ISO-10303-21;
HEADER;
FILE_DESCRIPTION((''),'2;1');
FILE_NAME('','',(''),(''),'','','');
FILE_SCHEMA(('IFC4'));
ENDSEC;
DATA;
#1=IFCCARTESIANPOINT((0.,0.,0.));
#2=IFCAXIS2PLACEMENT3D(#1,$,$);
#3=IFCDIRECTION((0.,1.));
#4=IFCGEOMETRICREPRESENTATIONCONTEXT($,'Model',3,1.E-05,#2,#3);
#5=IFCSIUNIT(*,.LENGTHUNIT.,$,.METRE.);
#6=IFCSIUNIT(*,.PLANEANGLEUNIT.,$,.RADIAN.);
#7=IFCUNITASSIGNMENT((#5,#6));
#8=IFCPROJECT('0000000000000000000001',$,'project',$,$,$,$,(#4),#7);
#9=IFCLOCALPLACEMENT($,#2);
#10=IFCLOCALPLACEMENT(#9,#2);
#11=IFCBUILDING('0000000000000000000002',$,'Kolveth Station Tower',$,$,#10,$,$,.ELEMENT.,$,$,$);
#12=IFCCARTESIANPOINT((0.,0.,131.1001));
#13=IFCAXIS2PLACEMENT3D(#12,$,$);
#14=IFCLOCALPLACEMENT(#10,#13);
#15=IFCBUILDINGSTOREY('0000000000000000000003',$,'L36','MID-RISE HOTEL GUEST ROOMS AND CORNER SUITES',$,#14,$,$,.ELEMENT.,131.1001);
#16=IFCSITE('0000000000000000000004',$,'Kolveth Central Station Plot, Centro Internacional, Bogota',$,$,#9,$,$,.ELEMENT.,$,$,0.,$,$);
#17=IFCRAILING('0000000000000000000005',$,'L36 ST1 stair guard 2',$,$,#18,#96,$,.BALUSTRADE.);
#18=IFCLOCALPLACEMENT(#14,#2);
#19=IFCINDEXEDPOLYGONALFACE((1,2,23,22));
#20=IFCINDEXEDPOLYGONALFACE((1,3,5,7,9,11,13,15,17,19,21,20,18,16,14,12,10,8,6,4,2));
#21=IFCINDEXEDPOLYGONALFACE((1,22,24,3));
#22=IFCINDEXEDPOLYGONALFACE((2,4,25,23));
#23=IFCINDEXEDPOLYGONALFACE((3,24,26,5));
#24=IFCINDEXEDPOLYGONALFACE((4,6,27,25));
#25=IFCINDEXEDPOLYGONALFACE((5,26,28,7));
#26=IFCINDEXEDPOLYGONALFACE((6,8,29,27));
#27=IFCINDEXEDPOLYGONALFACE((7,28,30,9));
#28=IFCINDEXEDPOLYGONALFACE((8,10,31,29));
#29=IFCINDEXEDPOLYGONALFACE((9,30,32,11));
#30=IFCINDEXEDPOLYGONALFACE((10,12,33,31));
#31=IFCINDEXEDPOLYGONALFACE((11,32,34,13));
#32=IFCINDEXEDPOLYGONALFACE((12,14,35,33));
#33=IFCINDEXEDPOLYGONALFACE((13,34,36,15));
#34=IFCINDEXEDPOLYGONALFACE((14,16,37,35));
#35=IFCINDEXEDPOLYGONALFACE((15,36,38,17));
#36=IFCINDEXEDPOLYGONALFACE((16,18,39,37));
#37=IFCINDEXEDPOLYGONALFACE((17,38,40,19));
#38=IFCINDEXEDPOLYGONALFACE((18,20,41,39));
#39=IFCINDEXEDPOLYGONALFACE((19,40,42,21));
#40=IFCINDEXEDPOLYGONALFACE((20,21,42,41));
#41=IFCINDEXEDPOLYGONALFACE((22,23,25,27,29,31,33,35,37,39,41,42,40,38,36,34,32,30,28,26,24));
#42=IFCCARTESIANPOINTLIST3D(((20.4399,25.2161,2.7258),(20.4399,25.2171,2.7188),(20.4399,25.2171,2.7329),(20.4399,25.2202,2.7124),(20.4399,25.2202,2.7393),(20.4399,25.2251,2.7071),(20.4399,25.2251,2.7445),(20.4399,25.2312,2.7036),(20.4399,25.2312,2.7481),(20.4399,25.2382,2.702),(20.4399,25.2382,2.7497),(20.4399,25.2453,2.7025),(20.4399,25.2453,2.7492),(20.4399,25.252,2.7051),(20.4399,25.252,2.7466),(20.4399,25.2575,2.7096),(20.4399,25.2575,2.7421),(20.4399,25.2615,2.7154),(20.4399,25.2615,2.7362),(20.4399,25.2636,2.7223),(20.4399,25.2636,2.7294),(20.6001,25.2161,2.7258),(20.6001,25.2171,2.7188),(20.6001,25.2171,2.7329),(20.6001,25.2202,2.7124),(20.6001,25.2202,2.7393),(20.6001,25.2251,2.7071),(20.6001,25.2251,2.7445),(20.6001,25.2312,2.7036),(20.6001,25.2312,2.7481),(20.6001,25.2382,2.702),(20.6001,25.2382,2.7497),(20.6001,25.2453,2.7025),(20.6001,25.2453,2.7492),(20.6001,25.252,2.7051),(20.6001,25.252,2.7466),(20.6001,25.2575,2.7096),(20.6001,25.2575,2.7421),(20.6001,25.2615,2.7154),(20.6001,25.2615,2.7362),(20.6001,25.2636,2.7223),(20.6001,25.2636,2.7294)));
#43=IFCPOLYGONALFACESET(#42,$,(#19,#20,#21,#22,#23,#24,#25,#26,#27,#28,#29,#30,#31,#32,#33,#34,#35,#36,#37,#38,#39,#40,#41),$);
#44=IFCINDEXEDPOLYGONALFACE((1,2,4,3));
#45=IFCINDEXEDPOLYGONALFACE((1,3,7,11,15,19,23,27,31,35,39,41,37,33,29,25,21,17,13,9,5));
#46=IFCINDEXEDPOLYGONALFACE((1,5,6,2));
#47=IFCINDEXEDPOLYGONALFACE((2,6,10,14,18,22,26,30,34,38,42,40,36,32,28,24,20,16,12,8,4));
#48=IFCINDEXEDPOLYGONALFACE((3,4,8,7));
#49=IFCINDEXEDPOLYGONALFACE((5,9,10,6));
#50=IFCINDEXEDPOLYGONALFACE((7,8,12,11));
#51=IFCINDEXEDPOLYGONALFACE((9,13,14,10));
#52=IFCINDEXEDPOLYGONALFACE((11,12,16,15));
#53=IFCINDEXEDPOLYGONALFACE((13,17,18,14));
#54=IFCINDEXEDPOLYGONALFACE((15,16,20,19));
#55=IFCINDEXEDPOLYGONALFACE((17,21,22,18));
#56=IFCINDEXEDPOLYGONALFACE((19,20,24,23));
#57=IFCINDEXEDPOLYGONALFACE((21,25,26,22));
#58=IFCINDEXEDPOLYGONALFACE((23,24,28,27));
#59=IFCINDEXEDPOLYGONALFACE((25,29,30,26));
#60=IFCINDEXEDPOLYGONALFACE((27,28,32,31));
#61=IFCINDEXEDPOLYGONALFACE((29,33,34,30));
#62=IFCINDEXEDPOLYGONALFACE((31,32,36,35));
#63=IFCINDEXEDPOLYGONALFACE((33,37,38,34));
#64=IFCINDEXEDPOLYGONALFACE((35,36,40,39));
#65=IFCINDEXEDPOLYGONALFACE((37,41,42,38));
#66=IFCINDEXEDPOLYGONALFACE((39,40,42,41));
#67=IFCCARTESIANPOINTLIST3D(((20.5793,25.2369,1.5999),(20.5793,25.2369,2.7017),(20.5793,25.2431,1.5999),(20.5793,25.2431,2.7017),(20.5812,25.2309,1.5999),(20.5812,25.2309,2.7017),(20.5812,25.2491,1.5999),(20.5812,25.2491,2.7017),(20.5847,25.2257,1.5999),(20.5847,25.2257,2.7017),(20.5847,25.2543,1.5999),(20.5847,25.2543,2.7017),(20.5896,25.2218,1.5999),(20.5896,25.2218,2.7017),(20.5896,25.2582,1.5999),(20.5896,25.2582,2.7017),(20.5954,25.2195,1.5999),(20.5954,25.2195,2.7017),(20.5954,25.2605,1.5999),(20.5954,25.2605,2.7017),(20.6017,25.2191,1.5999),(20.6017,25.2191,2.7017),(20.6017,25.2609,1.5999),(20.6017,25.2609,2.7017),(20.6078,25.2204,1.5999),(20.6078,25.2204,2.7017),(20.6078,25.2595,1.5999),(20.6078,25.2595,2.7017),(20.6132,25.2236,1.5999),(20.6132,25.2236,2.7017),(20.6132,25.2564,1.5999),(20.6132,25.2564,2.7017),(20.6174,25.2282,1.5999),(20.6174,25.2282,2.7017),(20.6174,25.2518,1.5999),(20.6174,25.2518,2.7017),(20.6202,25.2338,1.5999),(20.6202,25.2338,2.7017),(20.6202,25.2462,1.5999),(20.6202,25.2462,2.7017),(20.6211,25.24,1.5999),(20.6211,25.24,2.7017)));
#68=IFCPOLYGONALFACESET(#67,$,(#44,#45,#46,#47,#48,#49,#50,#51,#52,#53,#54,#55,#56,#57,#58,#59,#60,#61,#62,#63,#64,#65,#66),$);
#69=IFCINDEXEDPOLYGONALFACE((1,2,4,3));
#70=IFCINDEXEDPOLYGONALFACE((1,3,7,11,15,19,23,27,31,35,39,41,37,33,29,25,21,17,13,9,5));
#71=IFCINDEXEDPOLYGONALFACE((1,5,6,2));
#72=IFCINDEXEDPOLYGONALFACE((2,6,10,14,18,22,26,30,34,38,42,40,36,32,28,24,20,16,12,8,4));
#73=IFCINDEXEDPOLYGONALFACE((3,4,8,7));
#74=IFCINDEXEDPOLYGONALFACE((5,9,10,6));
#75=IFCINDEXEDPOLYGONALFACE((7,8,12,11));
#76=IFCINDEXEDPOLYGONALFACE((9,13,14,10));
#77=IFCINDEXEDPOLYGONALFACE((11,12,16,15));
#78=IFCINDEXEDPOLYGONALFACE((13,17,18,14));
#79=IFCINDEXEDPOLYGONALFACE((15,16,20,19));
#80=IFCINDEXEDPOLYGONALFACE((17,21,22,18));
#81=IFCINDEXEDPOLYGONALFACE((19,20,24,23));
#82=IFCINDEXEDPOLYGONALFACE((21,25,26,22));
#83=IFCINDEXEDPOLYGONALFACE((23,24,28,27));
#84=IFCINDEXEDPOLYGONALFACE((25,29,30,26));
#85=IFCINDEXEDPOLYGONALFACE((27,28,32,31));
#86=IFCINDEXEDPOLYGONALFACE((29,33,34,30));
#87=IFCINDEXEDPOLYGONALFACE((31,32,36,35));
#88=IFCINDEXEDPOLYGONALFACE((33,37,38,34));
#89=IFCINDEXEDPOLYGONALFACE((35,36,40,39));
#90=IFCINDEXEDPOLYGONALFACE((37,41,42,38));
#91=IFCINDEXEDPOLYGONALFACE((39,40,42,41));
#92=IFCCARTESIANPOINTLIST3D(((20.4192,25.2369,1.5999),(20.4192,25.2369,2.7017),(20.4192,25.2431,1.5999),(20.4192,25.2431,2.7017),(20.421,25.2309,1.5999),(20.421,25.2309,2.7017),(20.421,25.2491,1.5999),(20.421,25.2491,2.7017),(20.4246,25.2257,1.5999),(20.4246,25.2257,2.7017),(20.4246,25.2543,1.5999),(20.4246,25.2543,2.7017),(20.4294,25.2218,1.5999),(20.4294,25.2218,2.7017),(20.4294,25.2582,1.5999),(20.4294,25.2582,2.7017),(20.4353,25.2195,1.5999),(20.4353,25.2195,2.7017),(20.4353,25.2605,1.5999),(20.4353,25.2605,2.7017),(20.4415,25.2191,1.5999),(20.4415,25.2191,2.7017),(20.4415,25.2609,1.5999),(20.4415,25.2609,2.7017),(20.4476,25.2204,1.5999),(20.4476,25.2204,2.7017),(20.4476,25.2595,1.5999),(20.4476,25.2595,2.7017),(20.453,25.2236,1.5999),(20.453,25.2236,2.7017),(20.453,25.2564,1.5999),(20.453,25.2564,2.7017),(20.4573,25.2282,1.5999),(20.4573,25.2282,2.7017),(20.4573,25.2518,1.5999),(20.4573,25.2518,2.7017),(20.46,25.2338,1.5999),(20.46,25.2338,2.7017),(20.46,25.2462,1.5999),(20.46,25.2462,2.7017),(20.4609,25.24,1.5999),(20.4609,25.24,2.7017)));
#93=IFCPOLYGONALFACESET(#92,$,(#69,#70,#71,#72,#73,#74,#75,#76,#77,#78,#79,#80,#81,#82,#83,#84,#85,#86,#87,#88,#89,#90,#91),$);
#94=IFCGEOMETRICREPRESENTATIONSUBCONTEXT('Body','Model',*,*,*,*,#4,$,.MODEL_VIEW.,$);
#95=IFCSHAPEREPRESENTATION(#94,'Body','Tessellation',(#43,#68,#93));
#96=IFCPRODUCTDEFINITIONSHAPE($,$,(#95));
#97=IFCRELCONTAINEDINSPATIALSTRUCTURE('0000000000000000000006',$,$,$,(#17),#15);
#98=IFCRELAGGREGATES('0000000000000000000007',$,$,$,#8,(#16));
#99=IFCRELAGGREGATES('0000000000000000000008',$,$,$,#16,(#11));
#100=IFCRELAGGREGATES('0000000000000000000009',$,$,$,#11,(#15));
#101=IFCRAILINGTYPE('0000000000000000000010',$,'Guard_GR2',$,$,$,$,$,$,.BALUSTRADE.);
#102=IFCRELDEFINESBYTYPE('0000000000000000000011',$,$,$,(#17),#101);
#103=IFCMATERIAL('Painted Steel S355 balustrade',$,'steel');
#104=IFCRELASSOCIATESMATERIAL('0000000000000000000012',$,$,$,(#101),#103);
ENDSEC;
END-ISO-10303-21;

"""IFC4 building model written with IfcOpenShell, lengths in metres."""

from ifc_helpers import new_model, si_unit, direction, frame, origin, origin_2d, place, context, subcontext, project, spatial, circle, extrude, material, type_object, element, save


model = new_model("IFC4")

# Units and contexts
model_context = context("Model", 3, precision=1e-05, world=origin(), true_north=direction((0.0, 1.0)))
body_context = subcontext(model_context, "Body", "Model", "MODEL_VIEW")
ifc_project = project(units=[si_unit("LENGTHUNIT", "METRE"), si_unit("PLANEANGLEUNIT", "RADIAN")], contexts=[model_context])

# Site, building, storey
site_placement = place(None, origin())
site = spatial("IfcSite", under=ifc_project, at=site_placement, Name="Kolveth Central Station Plot, Centro Internacional, Bogota", CompositionType="ELEMENT", RefElevation=0.0)
building_placement = place(site_placement, origin())
building = spatial("IfcBuilding", under=site, at=building_placement, Name="Kolveth Station Tower", CompositionType="ELEMENT")
storey_placement = place(building_placement, frame((0.0, 0.0, 131.1001)))
storey = spatial("IfcBuildingStorey", under=building, at=storey_placement, Name="L36", Description="MID-RISE HOTEL GUEST ROOMS AND CORNER SUITES", CompositionType="ELEMENT", Elevation=131.1001)

# Railing
ifc_material_1 = material(Name="Painted Steel S355 balustrade", Category="steel")
railing_type_1 = type_object("IfcRailingType", Name="Guard_GR2", PredefinedType="BALUSTRADE", material=ifc_material_1)
railing_1_placement = place(storey_placement, frame((20.6001, 25.24, 1.5999)))
element("IfcRailing", 1, at=railing_1_placement, inside=storey, type_object=railing_type_1, Name="L36 ST1 stair guard 2", PredefinedType="BALUSTRADE", context=body_context, shape_type="SweptSolid", body=[
    extrude(circle(Radius=0.0239, at=origin_2d()), frame((0.0, 0.0, 1.126), z_axis=(-1.0, 0.0, 0.0), x_axis=(0.0, -1.0, 0.0)), (0.0, 0.0, 1.0), 0.1602),
    extrude(circle(Radius=0.021, at=origin_2d()), origin(), (0.0, 0.0, 1.0), 1.1018),
    extrude(circle(Radius=0.021, at=origin_2d()), frame((-0.1602, 0.0, 0.0)), (0.0, 0.0, 1.0), 1.1018),
])

save(model, "model.ifc")
